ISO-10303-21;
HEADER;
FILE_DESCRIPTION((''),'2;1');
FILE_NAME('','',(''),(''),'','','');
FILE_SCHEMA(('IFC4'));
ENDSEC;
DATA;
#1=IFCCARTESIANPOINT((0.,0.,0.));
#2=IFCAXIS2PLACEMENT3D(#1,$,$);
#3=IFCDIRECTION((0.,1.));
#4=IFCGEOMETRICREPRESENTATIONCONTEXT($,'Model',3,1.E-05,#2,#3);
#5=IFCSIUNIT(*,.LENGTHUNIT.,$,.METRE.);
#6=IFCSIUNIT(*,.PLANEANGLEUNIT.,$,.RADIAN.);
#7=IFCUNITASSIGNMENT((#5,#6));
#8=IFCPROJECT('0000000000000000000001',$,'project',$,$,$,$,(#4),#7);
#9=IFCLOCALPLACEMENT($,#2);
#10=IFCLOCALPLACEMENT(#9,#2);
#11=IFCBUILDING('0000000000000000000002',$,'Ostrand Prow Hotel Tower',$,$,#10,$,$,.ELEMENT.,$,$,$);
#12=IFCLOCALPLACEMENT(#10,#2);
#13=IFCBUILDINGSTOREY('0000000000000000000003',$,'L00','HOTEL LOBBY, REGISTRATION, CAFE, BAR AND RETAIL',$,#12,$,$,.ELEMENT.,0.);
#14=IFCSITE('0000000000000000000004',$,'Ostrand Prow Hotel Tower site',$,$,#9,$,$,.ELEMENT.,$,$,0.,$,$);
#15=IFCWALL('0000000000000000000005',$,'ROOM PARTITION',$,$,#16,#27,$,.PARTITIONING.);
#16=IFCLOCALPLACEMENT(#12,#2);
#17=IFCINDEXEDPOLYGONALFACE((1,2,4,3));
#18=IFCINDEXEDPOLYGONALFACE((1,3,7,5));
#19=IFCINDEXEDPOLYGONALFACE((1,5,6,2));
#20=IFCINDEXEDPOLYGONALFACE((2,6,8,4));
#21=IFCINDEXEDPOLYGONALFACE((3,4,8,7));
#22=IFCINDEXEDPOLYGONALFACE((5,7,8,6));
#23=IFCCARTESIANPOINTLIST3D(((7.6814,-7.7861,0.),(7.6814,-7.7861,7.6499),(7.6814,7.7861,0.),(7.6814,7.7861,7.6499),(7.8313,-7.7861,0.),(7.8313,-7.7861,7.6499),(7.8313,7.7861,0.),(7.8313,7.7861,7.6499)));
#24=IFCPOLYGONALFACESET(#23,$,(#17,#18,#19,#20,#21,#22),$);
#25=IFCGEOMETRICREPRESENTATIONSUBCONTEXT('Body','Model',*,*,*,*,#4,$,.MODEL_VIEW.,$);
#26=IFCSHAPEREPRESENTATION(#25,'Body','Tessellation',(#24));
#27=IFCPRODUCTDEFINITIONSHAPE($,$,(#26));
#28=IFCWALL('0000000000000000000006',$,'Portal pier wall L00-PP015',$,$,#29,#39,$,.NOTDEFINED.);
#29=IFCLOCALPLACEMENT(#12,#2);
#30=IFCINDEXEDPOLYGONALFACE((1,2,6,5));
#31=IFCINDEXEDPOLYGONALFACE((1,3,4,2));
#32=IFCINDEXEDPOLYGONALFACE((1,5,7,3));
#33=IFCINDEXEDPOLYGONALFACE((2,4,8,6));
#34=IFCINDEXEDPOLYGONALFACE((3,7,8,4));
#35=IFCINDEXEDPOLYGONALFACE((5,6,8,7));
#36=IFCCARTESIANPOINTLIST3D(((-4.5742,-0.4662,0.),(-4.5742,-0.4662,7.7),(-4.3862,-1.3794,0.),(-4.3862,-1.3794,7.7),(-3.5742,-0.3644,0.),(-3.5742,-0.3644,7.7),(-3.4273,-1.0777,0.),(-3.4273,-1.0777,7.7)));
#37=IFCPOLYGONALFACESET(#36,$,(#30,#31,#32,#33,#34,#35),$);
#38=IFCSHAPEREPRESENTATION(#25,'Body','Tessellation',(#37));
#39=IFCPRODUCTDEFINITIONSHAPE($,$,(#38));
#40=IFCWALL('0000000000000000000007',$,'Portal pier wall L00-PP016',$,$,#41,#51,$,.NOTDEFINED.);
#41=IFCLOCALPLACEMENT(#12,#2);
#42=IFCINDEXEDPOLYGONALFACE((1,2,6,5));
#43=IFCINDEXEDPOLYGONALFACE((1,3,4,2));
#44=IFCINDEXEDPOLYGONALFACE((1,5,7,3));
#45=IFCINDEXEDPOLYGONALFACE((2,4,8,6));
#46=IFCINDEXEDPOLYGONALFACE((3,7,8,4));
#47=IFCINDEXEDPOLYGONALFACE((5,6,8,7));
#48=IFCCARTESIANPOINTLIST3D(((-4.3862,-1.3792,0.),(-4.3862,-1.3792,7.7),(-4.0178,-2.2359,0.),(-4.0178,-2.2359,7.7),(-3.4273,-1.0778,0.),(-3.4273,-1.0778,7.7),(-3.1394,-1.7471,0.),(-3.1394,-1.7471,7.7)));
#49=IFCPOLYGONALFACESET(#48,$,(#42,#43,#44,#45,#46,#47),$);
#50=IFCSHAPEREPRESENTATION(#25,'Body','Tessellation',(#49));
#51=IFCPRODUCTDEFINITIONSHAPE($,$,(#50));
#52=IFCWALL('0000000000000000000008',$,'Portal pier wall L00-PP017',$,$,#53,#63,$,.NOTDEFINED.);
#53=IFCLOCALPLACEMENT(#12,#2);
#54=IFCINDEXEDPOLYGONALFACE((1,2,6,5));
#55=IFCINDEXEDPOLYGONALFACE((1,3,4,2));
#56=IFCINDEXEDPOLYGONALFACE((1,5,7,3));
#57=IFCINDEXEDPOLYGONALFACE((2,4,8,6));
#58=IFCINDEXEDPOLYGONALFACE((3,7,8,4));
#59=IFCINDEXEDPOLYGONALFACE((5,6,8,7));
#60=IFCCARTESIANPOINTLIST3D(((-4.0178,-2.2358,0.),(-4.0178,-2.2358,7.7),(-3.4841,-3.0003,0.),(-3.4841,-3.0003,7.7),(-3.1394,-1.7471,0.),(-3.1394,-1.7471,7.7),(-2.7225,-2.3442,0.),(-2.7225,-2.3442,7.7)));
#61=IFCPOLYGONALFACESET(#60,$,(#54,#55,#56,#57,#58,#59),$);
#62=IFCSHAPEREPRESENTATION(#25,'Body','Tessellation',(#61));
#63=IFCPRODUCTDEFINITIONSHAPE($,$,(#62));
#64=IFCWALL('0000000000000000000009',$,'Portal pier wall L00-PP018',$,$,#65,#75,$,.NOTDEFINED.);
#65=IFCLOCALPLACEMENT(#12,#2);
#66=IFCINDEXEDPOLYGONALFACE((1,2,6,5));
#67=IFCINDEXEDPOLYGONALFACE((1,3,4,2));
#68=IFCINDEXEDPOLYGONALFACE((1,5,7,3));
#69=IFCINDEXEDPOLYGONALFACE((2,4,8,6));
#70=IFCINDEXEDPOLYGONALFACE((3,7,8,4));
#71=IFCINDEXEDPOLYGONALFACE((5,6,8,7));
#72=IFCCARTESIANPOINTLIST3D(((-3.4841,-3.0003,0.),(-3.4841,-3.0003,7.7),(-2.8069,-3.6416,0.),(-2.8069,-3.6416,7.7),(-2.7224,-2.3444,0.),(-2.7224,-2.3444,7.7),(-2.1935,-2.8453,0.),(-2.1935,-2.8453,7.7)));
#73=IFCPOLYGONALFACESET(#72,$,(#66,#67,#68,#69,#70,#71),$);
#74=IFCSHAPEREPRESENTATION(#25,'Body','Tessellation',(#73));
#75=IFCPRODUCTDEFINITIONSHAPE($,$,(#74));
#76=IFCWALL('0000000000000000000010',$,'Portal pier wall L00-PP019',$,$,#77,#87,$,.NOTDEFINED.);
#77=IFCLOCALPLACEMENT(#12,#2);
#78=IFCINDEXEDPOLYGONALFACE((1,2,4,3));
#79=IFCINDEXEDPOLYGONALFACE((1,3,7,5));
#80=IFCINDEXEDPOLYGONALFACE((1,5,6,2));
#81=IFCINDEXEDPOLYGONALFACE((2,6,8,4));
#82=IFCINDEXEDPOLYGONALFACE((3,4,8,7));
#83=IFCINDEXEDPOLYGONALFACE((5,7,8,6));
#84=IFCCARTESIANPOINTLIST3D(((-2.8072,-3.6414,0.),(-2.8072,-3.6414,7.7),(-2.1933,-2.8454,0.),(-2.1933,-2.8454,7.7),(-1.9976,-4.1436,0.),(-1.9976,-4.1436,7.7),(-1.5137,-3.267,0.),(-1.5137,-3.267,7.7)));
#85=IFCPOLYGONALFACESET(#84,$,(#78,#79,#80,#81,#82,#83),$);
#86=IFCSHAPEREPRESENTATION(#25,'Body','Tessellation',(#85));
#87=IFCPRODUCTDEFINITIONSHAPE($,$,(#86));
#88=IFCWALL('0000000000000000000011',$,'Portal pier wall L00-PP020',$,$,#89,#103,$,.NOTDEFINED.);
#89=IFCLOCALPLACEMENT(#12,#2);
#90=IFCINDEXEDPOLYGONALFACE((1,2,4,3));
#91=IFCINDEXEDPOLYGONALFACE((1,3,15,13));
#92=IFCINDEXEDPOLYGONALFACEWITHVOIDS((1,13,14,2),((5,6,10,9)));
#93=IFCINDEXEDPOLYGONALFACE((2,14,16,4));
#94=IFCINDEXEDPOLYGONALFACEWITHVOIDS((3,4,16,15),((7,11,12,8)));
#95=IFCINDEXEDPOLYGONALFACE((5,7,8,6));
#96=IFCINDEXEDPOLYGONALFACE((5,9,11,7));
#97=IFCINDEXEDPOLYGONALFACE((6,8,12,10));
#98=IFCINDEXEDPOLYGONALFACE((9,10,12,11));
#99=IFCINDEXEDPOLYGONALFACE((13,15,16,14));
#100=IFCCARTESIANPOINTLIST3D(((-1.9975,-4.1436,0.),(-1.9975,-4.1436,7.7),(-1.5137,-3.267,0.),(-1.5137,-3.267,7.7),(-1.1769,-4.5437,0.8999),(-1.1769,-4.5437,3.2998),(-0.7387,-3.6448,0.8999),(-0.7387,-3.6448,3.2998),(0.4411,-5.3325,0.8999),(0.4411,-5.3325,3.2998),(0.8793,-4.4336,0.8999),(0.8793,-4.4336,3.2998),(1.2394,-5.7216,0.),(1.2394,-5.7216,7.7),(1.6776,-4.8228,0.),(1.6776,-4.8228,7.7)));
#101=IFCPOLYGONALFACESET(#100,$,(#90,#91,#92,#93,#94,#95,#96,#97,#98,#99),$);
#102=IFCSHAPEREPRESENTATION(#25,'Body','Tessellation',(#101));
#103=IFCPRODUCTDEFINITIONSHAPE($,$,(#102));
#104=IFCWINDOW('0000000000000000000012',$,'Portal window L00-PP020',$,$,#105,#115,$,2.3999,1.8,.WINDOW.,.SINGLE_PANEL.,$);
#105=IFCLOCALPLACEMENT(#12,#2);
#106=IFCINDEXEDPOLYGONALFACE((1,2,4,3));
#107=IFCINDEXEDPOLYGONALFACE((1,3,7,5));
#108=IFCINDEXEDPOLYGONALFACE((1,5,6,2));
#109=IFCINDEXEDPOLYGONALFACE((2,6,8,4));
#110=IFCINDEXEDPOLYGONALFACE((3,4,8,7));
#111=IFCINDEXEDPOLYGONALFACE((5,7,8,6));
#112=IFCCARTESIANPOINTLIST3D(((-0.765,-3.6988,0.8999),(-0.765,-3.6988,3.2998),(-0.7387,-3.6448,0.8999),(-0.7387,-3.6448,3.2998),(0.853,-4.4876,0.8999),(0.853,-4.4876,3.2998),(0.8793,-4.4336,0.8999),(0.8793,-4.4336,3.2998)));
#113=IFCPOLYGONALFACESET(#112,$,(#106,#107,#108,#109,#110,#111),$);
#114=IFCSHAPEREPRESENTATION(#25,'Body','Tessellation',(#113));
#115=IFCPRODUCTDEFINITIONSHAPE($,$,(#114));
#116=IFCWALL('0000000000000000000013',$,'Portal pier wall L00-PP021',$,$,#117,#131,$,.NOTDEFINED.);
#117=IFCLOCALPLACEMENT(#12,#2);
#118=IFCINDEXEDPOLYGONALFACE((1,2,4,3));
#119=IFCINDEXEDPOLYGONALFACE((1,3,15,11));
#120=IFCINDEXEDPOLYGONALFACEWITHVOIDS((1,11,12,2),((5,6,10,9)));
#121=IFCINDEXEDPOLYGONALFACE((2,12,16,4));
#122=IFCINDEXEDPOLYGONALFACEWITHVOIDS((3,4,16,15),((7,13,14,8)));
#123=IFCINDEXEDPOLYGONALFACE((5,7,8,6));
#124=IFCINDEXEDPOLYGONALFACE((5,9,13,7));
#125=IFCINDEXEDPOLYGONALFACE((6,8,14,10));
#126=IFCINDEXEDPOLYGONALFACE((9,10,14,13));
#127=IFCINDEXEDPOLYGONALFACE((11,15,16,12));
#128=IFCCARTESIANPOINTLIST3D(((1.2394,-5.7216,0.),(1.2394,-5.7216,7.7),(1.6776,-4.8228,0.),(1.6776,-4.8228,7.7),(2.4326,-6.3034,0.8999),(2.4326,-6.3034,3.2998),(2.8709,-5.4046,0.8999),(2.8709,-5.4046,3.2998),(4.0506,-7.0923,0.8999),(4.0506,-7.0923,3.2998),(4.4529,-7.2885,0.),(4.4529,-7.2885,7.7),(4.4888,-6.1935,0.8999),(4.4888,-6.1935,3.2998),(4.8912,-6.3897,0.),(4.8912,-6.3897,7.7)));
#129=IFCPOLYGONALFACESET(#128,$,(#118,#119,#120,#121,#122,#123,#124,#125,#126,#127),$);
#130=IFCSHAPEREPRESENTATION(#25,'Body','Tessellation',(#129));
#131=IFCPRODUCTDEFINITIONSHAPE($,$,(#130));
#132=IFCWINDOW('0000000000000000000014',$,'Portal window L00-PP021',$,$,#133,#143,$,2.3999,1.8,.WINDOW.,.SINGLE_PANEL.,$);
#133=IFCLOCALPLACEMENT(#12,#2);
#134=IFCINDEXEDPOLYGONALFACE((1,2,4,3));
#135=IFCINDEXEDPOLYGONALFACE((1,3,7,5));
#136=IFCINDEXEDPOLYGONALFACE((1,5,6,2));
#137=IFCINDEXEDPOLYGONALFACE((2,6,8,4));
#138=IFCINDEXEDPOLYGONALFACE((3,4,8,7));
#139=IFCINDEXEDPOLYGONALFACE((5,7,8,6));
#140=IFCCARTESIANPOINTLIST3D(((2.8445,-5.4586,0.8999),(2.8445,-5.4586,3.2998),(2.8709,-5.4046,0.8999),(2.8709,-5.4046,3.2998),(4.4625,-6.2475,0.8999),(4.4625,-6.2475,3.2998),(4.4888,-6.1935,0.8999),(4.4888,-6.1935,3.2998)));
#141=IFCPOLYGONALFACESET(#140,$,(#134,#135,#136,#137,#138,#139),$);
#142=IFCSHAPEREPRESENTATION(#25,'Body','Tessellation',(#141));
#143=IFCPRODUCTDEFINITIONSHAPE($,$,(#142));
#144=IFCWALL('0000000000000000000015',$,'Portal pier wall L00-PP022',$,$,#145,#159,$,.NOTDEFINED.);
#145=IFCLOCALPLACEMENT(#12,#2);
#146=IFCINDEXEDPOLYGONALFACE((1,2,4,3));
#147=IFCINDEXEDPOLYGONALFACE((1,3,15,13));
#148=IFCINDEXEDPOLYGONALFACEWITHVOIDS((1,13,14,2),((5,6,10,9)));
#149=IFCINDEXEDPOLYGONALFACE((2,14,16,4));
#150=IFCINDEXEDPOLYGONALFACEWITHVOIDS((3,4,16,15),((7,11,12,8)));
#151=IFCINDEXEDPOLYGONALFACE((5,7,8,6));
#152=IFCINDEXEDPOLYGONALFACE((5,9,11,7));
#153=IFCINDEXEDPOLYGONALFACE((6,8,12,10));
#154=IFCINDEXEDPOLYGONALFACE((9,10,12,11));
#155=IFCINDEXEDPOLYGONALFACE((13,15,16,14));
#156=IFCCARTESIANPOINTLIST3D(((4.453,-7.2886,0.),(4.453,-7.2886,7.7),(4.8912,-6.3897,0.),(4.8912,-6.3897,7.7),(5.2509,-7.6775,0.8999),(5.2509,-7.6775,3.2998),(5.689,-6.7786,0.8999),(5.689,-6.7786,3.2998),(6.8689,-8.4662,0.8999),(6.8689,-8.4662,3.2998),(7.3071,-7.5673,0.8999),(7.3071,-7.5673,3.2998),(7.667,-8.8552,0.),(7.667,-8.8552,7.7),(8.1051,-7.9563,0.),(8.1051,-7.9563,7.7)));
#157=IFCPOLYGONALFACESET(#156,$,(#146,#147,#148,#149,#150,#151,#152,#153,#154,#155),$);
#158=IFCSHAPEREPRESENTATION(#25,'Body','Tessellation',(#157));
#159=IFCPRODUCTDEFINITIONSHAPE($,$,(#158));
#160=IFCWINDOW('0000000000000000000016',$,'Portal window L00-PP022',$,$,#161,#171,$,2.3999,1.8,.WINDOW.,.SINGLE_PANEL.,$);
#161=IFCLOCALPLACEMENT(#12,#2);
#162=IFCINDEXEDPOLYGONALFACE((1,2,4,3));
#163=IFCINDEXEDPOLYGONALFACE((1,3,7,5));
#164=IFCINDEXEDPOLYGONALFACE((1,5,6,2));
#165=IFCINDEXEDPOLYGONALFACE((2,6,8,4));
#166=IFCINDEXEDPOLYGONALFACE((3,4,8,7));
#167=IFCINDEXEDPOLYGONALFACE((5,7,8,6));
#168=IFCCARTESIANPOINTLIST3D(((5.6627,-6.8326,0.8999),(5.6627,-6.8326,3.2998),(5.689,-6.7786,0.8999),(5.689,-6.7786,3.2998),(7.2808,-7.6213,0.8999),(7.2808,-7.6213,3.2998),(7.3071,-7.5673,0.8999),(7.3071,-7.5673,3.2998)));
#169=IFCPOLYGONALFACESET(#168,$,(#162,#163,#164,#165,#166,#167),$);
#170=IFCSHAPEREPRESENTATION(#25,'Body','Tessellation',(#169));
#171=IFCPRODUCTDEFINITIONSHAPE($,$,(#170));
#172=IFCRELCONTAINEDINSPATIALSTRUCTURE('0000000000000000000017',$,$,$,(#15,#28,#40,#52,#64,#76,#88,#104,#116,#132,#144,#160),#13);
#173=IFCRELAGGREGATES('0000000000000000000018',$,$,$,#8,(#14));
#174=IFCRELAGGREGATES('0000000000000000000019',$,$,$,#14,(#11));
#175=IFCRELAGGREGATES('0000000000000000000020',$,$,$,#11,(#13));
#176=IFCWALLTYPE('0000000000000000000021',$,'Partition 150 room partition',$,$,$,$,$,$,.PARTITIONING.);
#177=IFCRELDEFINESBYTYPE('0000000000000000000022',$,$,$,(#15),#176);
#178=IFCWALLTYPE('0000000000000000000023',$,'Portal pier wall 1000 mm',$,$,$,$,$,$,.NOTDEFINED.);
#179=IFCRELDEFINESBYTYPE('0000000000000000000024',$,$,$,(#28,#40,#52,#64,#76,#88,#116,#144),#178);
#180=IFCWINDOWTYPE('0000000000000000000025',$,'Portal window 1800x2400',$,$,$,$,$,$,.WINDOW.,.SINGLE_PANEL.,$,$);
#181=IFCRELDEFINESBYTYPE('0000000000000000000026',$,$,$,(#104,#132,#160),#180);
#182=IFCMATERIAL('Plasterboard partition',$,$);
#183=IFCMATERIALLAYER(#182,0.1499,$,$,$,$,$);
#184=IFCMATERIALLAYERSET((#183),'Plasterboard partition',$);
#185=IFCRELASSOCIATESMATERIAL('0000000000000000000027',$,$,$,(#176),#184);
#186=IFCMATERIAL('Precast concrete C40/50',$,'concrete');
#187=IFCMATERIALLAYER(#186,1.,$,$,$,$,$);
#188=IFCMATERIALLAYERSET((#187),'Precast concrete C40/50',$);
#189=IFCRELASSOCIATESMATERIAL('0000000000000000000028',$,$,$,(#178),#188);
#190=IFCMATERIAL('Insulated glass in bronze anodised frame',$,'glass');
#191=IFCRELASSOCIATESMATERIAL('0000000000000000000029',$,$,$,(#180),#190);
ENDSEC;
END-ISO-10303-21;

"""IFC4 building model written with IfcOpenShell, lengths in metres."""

from ifc_helpers import new_model, si_unit, direction, frame, frame_2d, origin, place, context, subcontext, project, spatial, polyline, rectangle, outline, extrude, material, layer, layer_set, type_object, element, fill, save


model = new_model("IFC4")

# Units and contexts
model_context = context("Model", 3, precision=1e-05, world=origin(), true_north=direction((0.0, 1.0)))
body_context = subcontext(model_context, "Body", "Model", "MODEL_VIEW")
ifc_project = project(units=[si_unit("LENGTHUNIT", "METRE"), si_unit("PLANEANGLEUNIT", "RADIAN")], contexts=[model_context])

# Site, building, storey
site_placement = place(None, origin())
site = spatial("IfcSite", under=ifc_project, at=site_placement, Name="Ostrand Prow Hotel Tower site", CompositionType="ELEMENT", RefElevation=0.0)
building_placement = place(site_placement, origin())
building = spatial("IfcBuilding", under=site, at=building_placement, Name="Ostrand Prow Hotel Tower", CompositionType="ELEMENT")
storey_placement = place(building_placement, origin())
storey = spatial("IfcBuildingStorey", under=building, at=storey_placement, Name="L00", Description="HOTEL LOBBY, REGISTRATION, CAFE, BAR AND RETAIL", CompositionType="ELEMENT", Elevation=0.0)

# Walls
ifc_material_1 = material(Name="Plasterboard partition")
ifc_layer_1 = layer(ifc_material_1, 0.1499)
ifc_layer_set_1 = layer_set([ifc_layer_1], Name="Plasterboard partition")
wall_type_1 = type_object("IfcWallType", Name="Partition 150 room partition", PredefinedType="PARTITIONING", material=ifc_layer_set_1)
wall_1_placement = place(storey_placement, frame((7.7563, -7.7861, 0.0), z_axis=(0.0, 0.0, 1.0), x_axis=(0.0, 1.0, 0.0)))
element("IfcWall", 1, at=wall_1_placement, inside=storey, type_object=wall_type_1, Name="ROOM PARTITION", PredefinedType="PARTITIONING", context=body_context, shape_type="SweptSolid", body=[
    extrude(rectangle(XDim=15.5723, YDim=0.1499, at=frame_2d((7.7861, 0.0))), origin(), (0.0, 0.0, 1.0), 7.6499),
])
ifc_material_2 = material(Name="Precast concrete C40/50", Category="concrete")
ifc_layer_2 = layer(ifc_material_2, 1.0)
ifc_layer_set_2 = layer_set([ifc_layer_2], Name="Precast concrete C40/50")
wall_type_2 = type_object("IfcWallType", Name="Portal pier wall 1000 mm", PredefinedType="NOTDEFINED", material=ifc_layer_set_2)
wall_2_placement = place(storey_placement, frame((-4.0742, -0.4153, 0.0), z_axis=(0.0, 0.0, 1.0), x_axis=(0.201711, -0.979445, 0.0)))
element("IfcWall", 2, at=wall_2_placement, inside=storey, type_object=wall_type_2, Name="Portal pier wall L00-PP015", PredefinedType="NOTDEFINED", context=body_context, shape_type="SweptSolid", body=[
    extrude(outline(polyline([(-0.051, -0.5), (0.8813, -0.5), (0.7793, 0.5), (0.051, 0.5), (-0.051, -0.5)])), origin(), (0.0, 0.0, 1.0), 7.7),
])
wall_3_placement = place(storey_placement, frame((-3.9067, -1.2285, 0.0), z_axis=(0.0, 0.0, 1.0), x_axis=(0.39509, -0.918643, 0.0)))
element("IfcWall", 3, at=wall_3_placement, inside=storey, type_object=wall_type_2, Name="Portal pier wall L00-PP016", PredefinedType="NOTDEFINED", context=body_context, shape_type="SweptSolid", body=[
    extrude(outline(polyline([(-0.051, -0.5), (0.8816, -0.5), (0.7795, 0.5), (0.051, 0.5), (-0.051, -0.5)])), origin(), (0.0, 0.0, 1.0), 7.7),
])
wall_4_placement = place(storey_placement, frame((-3.5786, -1.9915, 0.0), z_axis=(0.0, 0.0, 1.0), x_axis=(0.572416, -0.819963, 0.0)))
element("IfcWall", 4, at=wall_4_placement, inside=storey, type_object=wall_type_2, Name="Portal pier wall L00-PP017", PredefinedType="NOTDEFINED", context=body_context, shape_type="SweptSolid", body=[
    extrude(outline(polyline([(-0.051, -0.5), (0.8813, -0.5), (0.7793, 0.5), (0.051, 0.5), (-0.051, -0.5)])), origin(), (0.0, 0.0, 1.0), 7.7),
])
wall_5_placement = place(storey_placement, frame((-3.1033, -2.6724, 0.0), z_axis=(0.0, 0.0, 1.0), x_axis=(0.726099, -0.68759, 0.0)))
element("IfcWall", 5, at=wall_5_placement, inside=storey, type_object=wall_type_2, Name="Portal pier wall L00-PP018", PredefinedType="NOTDEFINED", context=body_context, shape_type="SweptSolid", body=[
    extrude(outline(polyline([(-0.051, -0.5), (0.8816, -0.5), (0.7795, 0.5), (0.051, 0.5), (-0.051, -0.5)])), origin(), (0.0, 0.0, 1.0), 7.7),
])
wall_6_placement = place(storey_placement, frame((-2.5002, -3.2434, 0.0), z_axis=(0.0, 0.0, 1.0), x_axis=(0.849778, -0.527141, 0.0)))
element("IfcWall", 6, at=wall_6_placement, inside=storey, type_object=wall_type_2, Name="Portal pier wall L00-PP019", PredefinedType="NOTDEFINED", context=body_context, shape_type="SweptSolid", body=[
    extrude(outline(polyline([(-0.051, -0.5), (0.9016, -0.5), (0.8508, 0.5), (0.051, 0.5), (-0.051, -0.5)])), origin(), (0.0, 0.0, 1.0), 7.7),
])

# Walls, openings, windows
wall_7_placement = place(storey_placement, frame((-1.7556, -3.7053, 0.0), z_axis=(0.0, 0.0, 1.0), x_axis=(0.898875, -0.438206, 0.0)))
wall_7 = element("IfcWall", 7, at=wall_7_placement, inside=storey, type_object=wall_type_2, Name="Portal pier wall L00-PP020", PredefinedType="NOTDEFINED", context=body_context, shape_type="SweptSolid", body=[
    extrude(outline(polyline([(-0.0254, -0.5), (3.5757, -0.5), (3.5757, 0.5), (0.0254, 0.5), (-0.0254, -0.5)])), origin(), (0.0, 0.0, 1.0), 7.7),
])
opening_1_placement = place(wall_7_placement, frame((0.8877, 0.0, 0.8999)))
opening_1 = element("IfcOpeningElement", 8, at=opening_1_placement, cuts=wall_7, PredefinedType="OPENING", context=body_context, shape_type="SweptSolid", body=[
    extrude(rectangle(XDim=1.8, YDim=2.3999, at=frame_2d((0.8999, 1.2))), frame((0.0, 0.51, 0.0), z_axis=(0.0, -1.0, 0.0), x_axis=(1.0, 0.0, 0.0)), (0.0, 0.0, 1.0), 1.02),
])
ifc_material_3 = material(Name="Insulated glass in bronze anodised frame", Category="glass")
window_type = type_object("IfcWindowType", Name="Portal window 1800x2400", PartitioningType="SINGLE_PANEL", PredefinedType="WINDOW", material=ifc_material_3)
window_1_placement = place(opening_1_placement, origin())
window_1 = element("IfcWindow", 9, at=window_1_placement, inside=storey, type_object=window_type, Name="Portal window L00-PP020", OverallHeight=2.3999, OverallWidth=1.8, PartitioningType="SINGLE_PANEL", PredefinedType="WINDOW", context=body_context, shape_type="SweptSolid", body=[
    extrude(rectangle(XDim=1.8, YDim=2.3999, at=frame_2d((0.8999, 1.2))), frame((0.0, 0.5, 0.0), z_axis=(0.0, -1.0, 0.0), x_axis=(1.0, 0.0, 0.0)), (0.0, 0.0, 1.0), 0.0601),
])
fill(opening_1, window_1)
wall_8_placement = place(storey_placement, frame((1.4585, -5.2722, 0.0), z_axis=(0.0, 0.0, 1.0), x_axis=(0.898848, -0.438259, 0.0)))
wall_8 = element("IfcWall", 10, at=wall_8_placement, inside=storey, type_object=wall_type_2, Name="Portal pier wall L00-PP021", PredefinedType="NOTDEFINED", context=body_context, shape_type="SweptSolid", body=[
    extrude(outline(polyline([(0.0, -0.5), (3.5752, -0.5), (3.5752, 0.5), (0.0, 0.5), (0.0, -0.5)])), origin(), (0.0, 0.0, 1.0), 7.7),
])
opening_2_placement = place(wall_8_placement, frame((1.3276, 0.0, 0.8999)))
opening_2 = element("IfcOpeningElement", 11, at=opening_2_placement, cuts=wall_8, PredefinedType="OPENING", context=body_context, shape_type="SweptSolid", body=[
    extrude(rectangle(XDim=1.8, YDim=2.3999, at=frame_2d((0.8999, 1.2))), frame((0.0, 0.51, 0.0), z_axis=(0.0, -1.0, 0.0), x_axis=(1.0, 0.0, 0.0)), (0.0, 0.0, 1.0), 1.02),
])
window_2_placement = place(opening_2_placement, origin())
window_2 = element("IfcWindow", 12, at=window_2_placement, inside=storey, type_object=window_type, Name="Portal window L00-PP021", OverallHeight=2.3999, OverallWidth=1.8, PartitioningType="SINGLE_PANEL", PredefinedType="WINDOW", context=body_context, shape_type="SweptSolid", body=[
    extrude(rectangle(XDim=1.8, YDim=2.3999, at=frame_2d((0.8999, 1.2))), frame((0.0, 0.5, 0.0), z_axis=(0.0, -1.0, 0.0), x_axis=(1.0, 0.0, 0.0)), (0.0, 0.0, 1.0), 0.0601),
])
fill(opening_2, window_2)
wall_9_placement = place(storey_placement, frame((4.6721, -6.8391, 0.0), z_axis=(0.0, 0.0, 1.0), x_axis=(0.898889, -0.438177, 0.0)))
wall_9 = element("IfcWall", 13, at=wall_9_placement, inside=storey, type_object=wall_type_2, Name="Portal pier wall L00-PP022", PredefinedType="NOTDEFINED", context=body_context, shape_type="SweptSolid", body=[
    extrude(outline(polyline([(0.0, -0.5), (3.5754, -0.5), (3.5754, 0.5), (0.0, 0.5), (0.0, -0.5)])), origin(), (0.0, 0.0, 1.0), 7.7),
])
opening_3_placement = place(wall_9_placement, frame((0.8877, 0.0, 0.8999)))
opening_3 = element("IfcOpeningElement", 14, at=opening_3_placement, cuts=wall_9, PredefinedType="OPENING", context=body_context, shape_type="SweptSolid", body=[
    extrude(rectangle(XDim=1.8, YDim=2.3999, at=frame_2d((0.8999, 1.2))), frame((0.0, 0.51, 0.0), z_axis=(0.0, -1.0, 0.0), x_axis=(1.0, 0.0, 0.0)), (0.0, 0.0, 1.0), 1.02),
])
window_3_placement = place(opening_3_placement, origin())
window_3 = element("IfcWindow", 15, at=window_3_placement, inside=storey, type_object=window_type, Name="Portal window L00-PP022", OverallHeight=2.3999, OverallWidth=1.8, PartitioningType="SINGLE_PANEL", PredefinedType="WINDOW", context=body_context, shape_type="SweptSolid", body=[
    extrude(rectangle(XDim=1.8, YDim=2.3999, at=frame_2d((0.8999, 1.2))), frame((0.0, 0.5, 0.0), z_axis=(0.0, -1.0, 0.0), x_axis=(1.0, 0.0, 0.0)), (0.0, 0.0, 1.0), 0.0601),
])
fill(opening_3, window_3)

save(model, "model.ifc")
